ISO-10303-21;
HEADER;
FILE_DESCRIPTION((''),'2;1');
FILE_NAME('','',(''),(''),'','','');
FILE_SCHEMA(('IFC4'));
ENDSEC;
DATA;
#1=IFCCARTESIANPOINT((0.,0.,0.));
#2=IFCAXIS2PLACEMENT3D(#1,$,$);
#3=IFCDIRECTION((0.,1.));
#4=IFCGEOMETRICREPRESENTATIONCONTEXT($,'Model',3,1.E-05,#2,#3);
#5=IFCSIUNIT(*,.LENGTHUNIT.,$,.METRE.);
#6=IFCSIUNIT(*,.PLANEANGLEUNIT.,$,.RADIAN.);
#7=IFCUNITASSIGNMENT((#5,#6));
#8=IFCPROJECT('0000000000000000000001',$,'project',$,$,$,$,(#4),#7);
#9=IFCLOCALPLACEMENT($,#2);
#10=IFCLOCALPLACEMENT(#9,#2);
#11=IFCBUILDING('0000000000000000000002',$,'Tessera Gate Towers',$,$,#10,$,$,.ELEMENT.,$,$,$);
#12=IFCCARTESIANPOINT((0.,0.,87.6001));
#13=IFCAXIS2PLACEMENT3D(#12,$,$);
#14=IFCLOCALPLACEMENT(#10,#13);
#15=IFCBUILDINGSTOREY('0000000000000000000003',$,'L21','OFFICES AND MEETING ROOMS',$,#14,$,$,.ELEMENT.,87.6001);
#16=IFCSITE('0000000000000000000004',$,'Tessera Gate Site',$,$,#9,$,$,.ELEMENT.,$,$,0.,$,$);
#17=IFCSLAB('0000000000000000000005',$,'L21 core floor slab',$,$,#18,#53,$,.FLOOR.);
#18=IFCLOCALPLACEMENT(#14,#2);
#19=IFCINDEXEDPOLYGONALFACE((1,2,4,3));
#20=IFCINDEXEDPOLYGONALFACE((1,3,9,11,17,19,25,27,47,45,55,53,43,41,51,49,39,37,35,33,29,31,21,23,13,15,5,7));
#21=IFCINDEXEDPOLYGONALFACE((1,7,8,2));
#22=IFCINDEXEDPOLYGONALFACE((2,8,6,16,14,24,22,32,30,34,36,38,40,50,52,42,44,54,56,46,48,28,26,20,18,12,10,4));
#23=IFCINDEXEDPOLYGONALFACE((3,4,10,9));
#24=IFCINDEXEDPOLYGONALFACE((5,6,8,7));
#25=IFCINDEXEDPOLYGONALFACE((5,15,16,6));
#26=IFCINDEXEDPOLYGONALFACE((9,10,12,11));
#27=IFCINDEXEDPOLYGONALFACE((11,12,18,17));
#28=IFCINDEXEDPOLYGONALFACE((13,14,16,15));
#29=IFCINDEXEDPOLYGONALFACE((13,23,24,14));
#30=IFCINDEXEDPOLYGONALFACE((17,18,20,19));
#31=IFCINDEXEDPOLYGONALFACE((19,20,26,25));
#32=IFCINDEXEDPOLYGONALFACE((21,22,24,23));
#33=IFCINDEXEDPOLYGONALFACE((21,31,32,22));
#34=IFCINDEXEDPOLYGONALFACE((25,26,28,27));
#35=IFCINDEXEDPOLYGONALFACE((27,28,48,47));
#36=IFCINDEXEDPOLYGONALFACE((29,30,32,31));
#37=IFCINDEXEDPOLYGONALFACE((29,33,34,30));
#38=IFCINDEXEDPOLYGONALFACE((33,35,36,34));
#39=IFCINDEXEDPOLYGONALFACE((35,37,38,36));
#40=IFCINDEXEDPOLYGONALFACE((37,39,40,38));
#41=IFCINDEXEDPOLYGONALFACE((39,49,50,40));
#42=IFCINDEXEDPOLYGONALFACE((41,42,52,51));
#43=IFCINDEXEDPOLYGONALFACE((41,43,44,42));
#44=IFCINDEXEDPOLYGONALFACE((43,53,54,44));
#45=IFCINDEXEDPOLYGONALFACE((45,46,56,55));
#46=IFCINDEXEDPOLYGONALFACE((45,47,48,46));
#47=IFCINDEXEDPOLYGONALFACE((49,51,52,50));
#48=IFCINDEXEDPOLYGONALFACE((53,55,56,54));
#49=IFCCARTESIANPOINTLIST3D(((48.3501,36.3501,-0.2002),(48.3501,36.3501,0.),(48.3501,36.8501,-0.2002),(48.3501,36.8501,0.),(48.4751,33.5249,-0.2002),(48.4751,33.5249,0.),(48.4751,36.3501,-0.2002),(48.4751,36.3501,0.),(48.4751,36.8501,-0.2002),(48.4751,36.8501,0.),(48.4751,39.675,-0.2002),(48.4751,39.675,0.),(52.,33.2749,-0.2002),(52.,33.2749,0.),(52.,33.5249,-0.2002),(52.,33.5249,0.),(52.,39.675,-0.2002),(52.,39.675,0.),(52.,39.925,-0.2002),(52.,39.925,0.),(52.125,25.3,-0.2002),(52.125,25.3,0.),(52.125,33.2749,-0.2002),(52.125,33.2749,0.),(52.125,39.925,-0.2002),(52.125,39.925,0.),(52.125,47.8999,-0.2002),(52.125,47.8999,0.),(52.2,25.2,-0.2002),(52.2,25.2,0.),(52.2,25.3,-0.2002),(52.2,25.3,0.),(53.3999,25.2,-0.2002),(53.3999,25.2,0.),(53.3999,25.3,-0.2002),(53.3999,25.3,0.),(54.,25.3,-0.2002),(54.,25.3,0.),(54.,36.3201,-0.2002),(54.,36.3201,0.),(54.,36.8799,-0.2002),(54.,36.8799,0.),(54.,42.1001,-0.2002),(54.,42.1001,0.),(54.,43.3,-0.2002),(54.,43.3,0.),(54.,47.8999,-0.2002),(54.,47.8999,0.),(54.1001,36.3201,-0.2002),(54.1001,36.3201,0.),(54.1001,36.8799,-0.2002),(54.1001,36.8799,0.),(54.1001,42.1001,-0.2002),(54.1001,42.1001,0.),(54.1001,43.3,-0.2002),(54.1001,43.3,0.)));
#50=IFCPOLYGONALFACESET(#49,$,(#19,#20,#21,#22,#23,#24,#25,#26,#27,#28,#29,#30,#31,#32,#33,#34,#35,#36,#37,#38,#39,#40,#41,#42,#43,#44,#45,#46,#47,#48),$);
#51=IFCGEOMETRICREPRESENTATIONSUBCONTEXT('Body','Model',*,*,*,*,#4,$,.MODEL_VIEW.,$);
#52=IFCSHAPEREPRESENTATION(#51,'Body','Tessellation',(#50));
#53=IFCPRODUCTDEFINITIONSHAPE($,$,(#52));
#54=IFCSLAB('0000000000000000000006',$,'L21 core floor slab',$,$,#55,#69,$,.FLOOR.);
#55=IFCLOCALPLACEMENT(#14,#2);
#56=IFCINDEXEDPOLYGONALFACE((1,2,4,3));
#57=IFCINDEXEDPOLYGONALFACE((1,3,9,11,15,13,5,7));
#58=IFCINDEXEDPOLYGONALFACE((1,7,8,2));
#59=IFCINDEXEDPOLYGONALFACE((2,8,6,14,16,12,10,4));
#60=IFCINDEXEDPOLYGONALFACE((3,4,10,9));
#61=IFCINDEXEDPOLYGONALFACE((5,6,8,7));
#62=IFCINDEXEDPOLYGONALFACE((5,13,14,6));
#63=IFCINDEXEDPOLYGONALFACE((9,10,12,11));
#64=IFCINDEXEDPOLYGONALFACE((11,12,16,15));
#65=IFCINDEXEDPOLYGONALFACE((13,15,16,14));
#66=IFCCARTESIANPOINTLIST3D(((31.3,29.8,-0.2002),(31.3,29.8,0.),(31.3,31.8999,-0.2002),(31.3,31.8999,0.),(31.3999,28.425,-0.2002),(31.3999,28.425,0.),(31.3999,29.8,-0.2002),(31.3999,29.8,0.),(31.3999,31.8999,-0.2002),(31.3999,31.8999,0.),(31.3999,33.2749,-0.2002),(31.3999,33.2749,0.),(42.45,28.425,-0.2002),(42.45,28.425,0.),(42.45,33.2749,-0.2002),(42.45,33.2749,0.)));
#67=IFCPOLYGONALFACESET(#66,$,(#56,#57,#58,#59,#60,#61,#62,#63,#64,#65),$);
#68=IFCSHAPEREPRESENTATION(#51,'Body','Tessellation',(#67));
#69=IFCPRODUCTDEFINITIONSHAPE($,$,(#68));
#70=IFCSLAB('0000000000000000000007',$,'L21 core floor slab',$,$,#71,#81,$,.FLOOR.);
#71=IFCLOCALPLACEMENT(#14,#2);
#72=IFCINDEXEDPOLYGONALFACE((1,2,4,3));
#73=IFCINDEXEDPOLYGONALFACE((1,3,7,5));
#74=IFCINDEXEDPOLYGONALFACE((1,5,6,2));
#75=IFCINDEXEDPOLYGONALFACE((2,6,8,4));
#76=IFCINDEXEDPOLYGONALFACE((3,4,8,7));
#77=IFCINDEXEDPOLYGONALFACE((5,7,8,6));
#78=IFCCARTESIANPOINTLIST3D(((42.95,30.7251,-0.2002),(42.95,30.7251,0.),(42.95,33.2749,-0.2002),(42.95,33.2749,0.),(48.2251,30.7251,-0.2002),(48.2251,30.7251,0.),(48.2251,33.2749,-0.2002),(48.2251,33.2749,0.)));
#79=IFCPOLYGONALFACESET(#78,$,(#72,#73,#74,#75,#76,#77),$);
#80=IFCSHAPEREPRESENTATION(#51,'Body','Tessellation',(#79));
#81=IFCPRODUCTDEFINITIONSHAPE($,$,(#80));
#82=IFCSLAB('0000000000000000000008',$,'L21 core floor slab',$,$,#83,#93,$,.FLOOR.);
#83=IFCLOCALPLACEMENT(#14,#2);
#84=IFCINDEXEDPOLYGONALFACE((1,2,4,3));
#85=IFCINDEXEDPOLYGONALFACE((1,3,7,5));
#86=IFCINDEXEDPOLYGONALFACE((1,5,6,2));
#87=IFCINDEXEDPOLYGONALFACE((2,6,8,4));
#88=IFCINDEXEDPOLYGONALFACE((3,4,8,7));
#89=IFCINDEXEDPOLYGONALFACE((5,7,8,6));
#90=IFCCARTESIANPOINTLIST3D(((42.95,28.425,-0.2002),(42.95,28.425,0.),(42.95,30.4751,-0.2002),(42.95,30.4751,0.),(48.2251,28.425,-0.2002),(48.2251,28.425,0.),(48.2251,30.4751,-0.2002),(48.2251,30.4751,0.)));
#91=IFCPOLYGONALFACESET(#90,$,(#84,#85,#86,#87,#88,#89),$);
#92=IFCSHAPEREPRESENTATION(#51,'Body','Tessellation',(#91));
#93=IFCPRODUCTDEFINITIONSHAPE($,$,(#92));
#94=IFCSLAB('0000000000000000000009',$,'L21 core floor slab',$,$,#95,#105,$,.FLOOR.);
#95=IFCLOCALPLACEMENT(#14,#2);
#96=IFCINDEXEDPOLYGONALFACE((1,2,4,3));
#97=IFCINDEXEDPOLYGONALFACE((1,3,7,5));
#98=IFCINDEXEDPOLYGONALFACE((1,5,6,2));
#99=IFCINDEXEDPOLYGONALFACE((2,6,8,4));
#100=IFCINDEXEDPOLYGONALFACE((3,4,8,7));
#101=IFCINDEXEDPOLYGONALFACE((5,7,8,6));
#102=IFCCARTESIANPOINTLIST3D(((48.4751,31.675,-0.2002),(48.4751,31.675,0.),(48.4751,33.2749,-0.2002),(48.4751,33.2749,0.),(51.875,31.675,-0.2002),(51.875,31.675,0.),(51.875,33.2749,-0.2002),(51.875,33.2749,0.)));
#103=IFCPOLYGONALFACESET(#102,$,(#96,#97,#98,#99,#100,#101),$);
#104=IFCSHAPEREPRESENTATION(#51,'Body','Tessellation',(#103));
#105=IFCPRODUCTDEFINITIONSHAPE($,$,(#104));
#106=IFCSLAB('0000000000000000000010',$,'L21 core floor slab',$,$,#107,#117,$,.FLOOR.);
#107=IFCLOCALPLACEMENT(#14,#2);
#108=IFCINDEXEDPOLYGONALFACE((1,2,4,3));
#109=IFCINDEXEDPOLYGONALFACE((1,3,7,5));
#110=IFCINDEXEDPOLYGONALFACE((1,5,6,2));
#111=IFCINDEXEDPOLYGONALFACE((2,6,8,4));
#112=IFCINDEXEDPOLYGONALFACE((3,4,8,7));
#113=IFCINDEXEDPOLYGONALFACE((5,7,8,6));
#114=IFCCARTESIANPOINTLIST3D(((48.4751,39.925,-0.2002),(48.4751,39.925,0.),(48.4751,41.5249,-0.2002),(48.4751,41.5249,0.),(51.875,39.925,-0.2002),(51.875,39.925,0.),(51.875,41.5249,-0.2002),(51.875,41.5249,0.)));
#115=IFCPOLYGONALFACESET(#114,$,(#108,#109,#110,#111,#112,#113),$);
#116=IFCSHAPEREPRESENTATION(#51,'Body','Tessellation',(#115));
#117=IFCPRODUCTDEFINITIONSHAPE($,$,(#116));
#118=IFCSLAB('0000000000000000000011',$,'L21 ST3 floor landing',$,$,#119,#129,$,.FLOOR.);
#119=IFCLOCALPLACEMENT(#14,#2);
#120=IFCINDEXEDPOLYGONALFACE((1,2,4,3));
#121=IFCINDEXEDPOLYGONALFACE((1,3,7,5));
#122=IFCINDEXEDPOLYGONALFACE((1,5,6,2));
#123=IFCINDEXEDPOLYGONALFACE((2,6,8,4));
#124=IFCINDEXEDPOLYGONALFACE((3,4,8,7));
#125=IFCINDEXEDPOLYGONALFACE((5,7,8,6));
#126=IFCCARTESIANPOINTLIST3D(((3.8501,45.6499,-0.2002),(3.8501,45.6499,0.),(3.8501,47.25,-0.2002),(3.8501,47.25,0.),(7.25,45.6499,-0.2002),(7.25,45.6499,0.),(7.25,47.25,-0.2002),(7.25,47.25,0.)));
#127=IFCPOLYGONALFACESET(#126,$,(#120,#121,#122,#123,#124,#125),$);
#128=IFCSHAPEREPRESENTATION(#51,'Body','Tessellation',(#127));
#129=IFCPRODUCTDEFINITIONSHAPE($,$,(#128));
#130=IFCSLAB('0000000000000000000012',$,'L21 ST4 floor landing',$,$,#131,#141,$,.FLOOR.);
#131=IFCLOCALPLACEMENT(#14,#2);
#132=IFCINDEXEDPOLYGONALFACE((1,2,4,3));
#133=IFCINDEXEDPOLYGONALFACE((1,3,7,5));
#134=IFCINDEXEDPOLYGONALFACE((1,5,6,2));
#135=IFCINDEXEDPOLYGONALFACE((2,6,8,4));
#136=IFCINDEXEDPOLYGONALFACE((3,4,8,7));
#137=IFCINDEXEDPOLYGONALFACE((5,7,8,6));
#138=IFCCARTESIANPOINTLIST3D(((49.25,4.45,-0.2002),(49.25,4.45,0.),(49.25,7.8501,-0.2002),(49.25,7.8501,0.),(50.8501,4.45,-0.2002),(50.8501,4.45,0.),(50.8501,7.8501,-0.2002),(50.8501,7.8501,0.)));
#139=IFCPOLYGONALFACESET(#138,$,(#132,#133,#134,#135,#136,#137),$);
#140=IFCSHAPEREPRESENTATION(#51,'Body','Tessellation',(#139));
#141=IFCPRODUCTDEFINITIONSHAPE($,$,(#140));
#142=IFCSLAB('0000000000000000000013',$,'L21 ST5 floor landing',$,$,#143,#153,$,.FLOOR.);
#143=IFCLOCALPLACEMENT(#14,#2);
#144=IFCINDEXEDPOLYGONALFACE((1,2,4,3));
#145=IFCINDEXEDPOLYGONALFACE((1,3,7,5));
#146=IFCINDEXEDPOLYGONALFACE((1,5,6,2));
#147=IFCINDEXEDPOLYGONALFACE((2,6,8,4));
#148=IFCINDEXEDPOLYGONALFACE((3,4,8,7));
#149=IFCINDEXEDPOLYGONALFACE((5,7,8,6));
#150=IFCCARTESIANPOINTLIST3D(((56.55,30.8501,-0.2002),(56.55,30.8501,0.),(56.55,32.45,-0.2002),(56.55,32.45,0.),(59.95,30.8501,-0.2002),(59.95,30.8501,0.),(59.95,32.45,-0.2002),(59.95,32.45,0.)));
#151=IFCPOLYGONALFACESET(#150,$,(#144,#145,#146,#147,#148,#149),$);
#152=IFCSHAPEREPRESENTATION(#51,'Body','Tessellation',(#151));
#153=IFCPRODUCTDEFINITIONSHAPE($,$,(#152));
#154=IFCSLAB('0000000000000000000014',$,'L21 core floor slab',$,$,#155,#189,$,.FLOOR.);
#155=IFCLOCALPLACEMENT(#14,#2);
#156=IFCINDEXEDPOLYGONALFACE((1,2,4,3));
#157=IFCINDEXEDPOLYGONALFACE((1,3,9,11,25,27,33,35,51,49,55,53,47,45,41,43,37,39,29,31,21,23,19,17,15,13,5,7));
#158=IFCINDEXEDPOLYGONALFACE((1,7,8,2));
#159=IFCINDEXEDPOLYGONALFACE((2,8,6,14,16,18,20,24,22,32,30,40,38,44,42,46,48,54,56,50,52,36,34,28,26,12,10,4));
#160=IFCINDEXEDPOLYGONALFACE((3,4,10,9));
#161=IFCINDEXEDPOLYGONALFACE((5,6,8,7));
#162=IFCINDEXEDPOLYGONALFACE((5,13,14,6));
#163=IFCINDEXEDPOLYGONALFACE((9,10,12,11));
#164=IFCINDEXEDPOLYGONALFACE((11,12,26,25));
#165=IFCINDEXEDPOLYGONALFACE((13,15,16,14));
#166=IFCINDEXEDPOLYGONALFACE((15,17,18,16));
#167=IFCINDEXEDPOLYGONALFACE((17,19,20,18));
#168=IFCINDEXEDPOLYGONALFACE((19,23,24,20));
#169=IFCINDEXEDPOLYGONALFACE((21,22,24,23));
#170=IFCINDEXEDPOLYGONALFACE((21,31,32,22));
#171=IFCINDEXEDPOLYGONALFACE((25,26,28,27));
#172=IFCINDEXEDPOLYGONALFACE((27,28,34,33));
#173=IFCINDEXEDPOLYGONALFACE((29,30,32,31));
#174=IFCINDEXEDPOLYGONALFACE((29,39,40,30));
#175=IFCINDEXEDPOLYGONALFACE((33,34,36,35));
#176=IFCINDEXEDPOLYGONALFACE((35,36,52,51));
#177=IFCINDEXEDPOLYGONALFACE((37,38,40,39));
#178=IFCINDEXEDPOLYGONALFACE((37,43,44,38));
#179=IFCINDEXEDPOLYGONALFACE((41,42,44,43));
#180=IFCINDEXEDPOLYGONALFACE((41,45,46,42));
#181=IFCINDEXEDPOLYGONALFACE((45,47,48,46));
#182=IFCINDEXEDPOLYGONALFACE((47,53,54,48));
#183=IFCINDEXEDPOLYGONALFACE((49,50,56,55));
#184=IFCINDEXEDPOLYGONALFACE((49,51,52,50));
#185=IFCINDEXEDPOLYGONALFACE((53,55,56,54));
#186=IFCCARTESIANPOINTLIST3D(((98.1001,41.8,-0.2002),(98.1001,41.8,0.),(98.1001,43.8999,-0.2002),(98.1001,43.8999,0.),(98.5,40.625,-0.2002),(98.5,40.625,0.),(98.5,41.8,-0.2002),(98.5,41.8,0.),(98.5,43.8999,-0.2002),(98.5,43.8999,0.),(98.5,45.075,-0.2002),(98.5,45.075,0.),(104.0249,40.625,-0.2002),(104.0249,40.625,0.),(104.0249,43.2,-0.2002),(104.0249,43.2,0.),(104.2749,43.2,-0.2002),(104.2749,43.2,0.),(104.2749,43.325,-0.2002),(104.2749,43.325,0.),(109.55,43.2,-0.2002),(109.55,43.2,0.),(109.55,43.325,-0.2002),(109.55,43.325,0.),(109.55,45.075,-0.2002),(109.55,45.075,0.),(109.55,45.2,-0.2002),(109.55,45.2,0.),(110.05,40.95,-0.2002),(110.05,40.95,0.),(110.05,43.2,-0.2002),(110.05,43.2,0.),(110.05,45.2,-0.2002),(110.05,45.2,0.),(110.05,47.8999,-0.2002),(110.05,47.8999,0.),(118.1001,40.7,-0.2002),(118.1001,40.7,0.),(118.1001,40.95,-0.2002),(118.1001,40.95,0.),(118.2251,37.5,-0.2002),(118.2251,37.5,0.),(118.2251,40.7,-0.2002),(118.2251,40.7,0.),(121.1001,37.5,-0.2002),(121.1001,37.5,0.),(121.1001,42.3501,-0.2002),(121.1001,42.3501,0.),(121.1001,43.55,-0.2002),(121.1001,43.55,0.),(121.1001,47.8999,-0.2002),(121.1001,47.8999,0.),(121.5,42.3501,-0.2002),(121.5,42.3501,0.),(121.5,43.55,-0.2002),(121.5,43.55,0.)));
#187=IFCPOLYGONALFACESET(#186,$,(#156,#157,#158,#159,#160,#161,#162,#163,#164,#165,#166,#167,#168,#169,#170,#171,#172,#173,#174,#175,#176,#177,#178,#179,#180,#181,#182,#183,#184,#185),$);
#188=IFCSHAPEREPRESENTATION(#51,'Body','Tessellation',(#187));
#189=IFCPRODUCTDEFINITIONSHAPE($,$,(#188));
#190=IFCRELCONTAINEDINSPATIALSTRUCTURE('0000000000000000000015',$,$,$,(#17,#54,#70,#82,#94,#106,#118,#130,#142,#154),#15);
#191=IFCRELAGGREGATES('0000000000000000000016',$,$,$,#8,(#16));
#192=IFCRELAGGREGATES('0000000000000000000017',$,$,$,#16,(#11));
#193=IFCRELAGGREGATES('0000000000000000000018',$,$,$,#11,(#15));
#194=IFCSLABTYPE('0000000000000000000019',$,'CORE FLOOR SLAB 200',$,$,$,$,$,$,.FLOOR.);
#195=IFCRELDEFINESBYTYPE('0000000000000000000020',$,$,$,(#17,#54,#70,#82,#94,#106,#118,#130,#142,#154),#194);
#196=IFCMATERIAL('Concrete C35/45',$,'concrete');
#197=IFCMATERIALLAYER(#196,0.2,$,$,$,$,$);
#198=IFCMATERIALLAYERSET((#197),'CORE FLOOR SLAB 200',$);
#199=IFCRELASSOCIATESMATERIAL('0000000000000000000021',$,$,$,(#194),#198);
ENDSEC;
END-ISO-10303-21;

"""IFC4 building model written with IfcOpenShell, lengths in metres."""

from ifc_helpers import new_model, si_unit, direction, frame, origin, place, context, subcontext, project, spatial, polyline, outline, extrude, material, layer, layer_set, type_object, element, save


model = new_model("IFC4")

# Units and contexts
model_context = context("Model", 3, precision=1e-05, world=origin(), true_north=direction((0.0, 1.0)))
body_context = subcontext(model_context, "Body", "Model", "MODEL_VIEW")
ifc_project = project(units=[si_unit("LENGTHUNIT", "METRE"), si_unit("PLANEANGLEUNIT", "RADIAN")], contexts=[model_context])

# Site, building, storey
site_placement = place(None, origin())
site = spatial("IfcSite", under=ifc_project, at=site_placement, Name="Tessera Gate Site", CompositionType="ELEMENT", RefElevation=0.0)
building_placement = place(site_placement, origin())
building = spatial("IfcBuilding", under=site, at=building_placement, Name="Tessera Gate Towers", CompositionType="ELEMENT")
storey_placement = place(building_placement, frame((0.0, 0.0, 87.6001)))
storey = spatial("IfcBuildingStorey", under=building, at=storey_placement, Name="L21", Description="OFFICES AND MEETING ROOMS", CompositionType="ELEMENT", Elevation=87.6001)

# Slabs
ifc_material_1 = material(Name="Concrete C35/45", Category="concrete")
ifc_layer_1 = layer(ifc_material_1, 0.2)
ifc_layer_set_1 = layer_set([ifc_layer_1], Name="CORE FLOOR SLAB 200")
slab_type_1 = type_object("IfcSlabType", Name="CORE FLOOR SLAB 200", PredefinedType="FLOOR", material=ifc_layer_set_1)
slab_1_placement = place(storey_placement, frame((0.0, 0.0, -0.2002)))
element("IfcSlab", 1, at=slab_1_placement, inside=storey, type_object=slab_type_1, Name="L21 core floor slab", PredefinedType="FLOOR", context=body_context, shape_type="SweptSolid", body=[
    extrude(outline(polyline([(52.2, 25.2), (53.3999, 25.2), (53.3999, 25.3), (54.0, 25.3), (54.0, 36.3201), (54.1001, 36.3201), (54.1001, 36.8799), (54.0, 36.8799), (54.0, 42.1001), (54.1001, 42.1001), (54.1001, 43.3), (54.0, 43.3), (54.0, 47.8999), (52.125, 47.8999), (52.125, 39.925), (52.0, 39.925), (52.0, 39.675), (48.4751, 39.675), (48.4751, 36.8501), (48.3501, 36.8501), (48.3501, 36.3501), (48.4751, 36.3501), (48.4751, 33.5249), (52.0, 33.5249), (52.0, 33.2749), (52.125, 33.2749), (52.125, 25.3), (52.2, 25.3), (52.2, 25.2)])), origin(), (0.0, 0.0, 1.0), 0.2002),
])
slab_2_placement = place(storey_placement, frame((0.0, 0.0, -0.2002)))
element("IfcSlab", 2, at=slab_2_placement, inside=storey, type_object=slab_type_1, Name="L21 core floor slab", PredefinedType="FLOOR", context=body_context, shape_type="SweptSolid", body=[
    extrude(outline(polyline([(31.3999, 29.8), (31.3999, 28.425), (42.45, 28.425), (42.45, 33.2749), (31.3999, 33.2749), (31.3999, 31.8999), (31.3, 31.8999), (31.3, 29.8), (31.3999, 29.8)])), origin(), (0.0, 0.0, 1.0), 0.2002),
])
slab_3_placement = place(storey_placement, frame((0.0, 0.0, -0.2002)))
element("IfcSlab", 3, at=slab_3_placement, inside=storey, type_object=slab_type_1, Name="L21 core floor slab", PredefinedType="FLOOR", context=body_context, shape_type="SweptSolid", body=[
    extrude(outline(polyline([(42.95, 33.2749), (42.95, 30.7251), (48.2251, 30.7251), (48.2251, 33.2749), (42.95, 33.2749)])), origin(), (0.0, 0.0, 1.0), 0.2002),
])
slab_4_placement = place(storey_placement, frame((0.0, 0.0, -0.2002)))
element("IfcSlab", 4, at=slab_4_placement, inside=storey, type_object=slab_type_1, Name="L21 core floor slab", PredefinedType="FLOOR", context=body_context, shape_type="SweptSolid", body=[
    extrude(outline(polyline([(42.95, 30.4751), (42.95, 28.425), (48.2251, 28.425), (48.2251, 30.4751), (42.95, 30.4751)])), origin(), (0.0, 0.0, 1.0), 0.2002),
])
slab_5_placement = place(storey_placement, frame((0.0, 0.0, -0.2002)))
element("IfcSlab", 5, at=slab_5_placement, inside=storey, type_object=slab_type_1, Name="L21 core floor slab", PredefinedType="FLOOR", context=body_context, shape_type="SweptSolid", body=[
    extrude(outline(polyline([(51.875, 31.675), (51.875, 33.2749), (48.4751, 33.2749), (48.4751, 31.675), (51.875, 31.675)])), origin(), (0.0, 0.0, 1.0), 0.2002),
])
slab_6_placement = place(storey_placement, frame((0.0, 0.0, -0.2002)))
element("IfcSlab", 6, at=slab_6_placement, inside=storey, type_object=slab_type_1, Name="L21 core floor slab", PredefinedType="FLOOR", context=body_context, shape_type="SweptSolid", body=[
    extrude(outline(polyline([(48.4751, 41.5249), (48.4751, 39.925), (51.875, 39.925), (51.875, 41.5249), (48.4751, 41.5249)])), origin(), (0.0, 0.0, 1.0), 0.2002),
])
slab_7_placement = place(storey_placement, frame((0.0, 0.0, -0.2002)))
element("IfcSlab", 7, at=slab_7_placement, inside=storey, type_object=slab_type_1, Name="L21 ST3 floor landing", PredefinedType="FLOOR", context=body_context, shape_type="SweptSolid", body=[
    extrude(outline(polyline([(3.8501, 47.25), (3.8501, 45.6499), (7.25, 45.6499), (7.25, 47.25), (3.8501, 47.25)])), origin(), (0.0, 0.0, 1.0), 0.2002),
])
slab_8_placement = place(storey_placement, frame((0.0, 0.0, -0.2002)))
element("IfcSlab", 8, at=slab_8_placement, inside=storey, type_object=slab_type_1, Name="L21 ST4 floor landing", PredefinedType="FLOOR", context=body_context, shape_type="SweptSolid", body=[
    extrude(outline(polyline([(49.25, 4.45), (50.8501, 4.45), (50.8501, 7.8501), (49.25, 7.8501), (49.25, 4.45)])), origin(), (0.0, 0.0, 1.0), 0.2002),
])
slab_9_placement = place(storey_placement, frame((0.0, 0.0, -0.2002)))
element("IfcSlab", 9, at=slab_9_placement, inside=storey, type_object=slab_type_1, Name="L21 ST5 floor landing", PredefinedType="FLOOR", context=body_context, shape_type="SweptSolid", body=[
    extrude(outline(polyline([(59.95, 30.8501), (59.95, 32.45), (56.55, 32.45), (56.55, 30.8501), (59.95, 30.8501)])), origin(), (0.0, 0.0, 1.0), 0.2002),
])
slab_10_placement = place(storey_placement, frame((0.0, 0.0, -0.2002)))
element("IfcSlab", 10, at=slab_10_placement, inside=storey, type_object=slab_type_1, Name="L21 core floor slab", PredefinedType="FLOOR", context=body_context, shape_type="SweptSolid", body=[
    extrude(outline(polyline([(109.55, 45.2), (109.55, 45.075), (98.5, 45.075), (98.5, 43.8999), (98.1001, 43.8999), (98.1001, 41.8), (98.5, 41.8), (98.5, 40.625), (104.0249, 40.625), (104.0249, 43.2), (104.2749, 43.2), (104.2749, 43.325), (109.55, 43.325), (109.55, 43.2), (110.05, 43.2), (110.05, 40.95), (118.1001, 40.95), (118.1001, 40.7), (118.2251, 40.7), (118.2251, 37.5), (121.1001, 37.5), (121.1001, 42.3501), (121.5, 42.3501), (121.5, 43.55), (121.1001, 43.55), (121.1001, 47.8999), (110.05, 47.8999), (110.05, 45.2), (109.55, 45.2)])), origin(), (0.0, 0.0, 1.0), 0.2002),
])

save(model, "model.ifc")
